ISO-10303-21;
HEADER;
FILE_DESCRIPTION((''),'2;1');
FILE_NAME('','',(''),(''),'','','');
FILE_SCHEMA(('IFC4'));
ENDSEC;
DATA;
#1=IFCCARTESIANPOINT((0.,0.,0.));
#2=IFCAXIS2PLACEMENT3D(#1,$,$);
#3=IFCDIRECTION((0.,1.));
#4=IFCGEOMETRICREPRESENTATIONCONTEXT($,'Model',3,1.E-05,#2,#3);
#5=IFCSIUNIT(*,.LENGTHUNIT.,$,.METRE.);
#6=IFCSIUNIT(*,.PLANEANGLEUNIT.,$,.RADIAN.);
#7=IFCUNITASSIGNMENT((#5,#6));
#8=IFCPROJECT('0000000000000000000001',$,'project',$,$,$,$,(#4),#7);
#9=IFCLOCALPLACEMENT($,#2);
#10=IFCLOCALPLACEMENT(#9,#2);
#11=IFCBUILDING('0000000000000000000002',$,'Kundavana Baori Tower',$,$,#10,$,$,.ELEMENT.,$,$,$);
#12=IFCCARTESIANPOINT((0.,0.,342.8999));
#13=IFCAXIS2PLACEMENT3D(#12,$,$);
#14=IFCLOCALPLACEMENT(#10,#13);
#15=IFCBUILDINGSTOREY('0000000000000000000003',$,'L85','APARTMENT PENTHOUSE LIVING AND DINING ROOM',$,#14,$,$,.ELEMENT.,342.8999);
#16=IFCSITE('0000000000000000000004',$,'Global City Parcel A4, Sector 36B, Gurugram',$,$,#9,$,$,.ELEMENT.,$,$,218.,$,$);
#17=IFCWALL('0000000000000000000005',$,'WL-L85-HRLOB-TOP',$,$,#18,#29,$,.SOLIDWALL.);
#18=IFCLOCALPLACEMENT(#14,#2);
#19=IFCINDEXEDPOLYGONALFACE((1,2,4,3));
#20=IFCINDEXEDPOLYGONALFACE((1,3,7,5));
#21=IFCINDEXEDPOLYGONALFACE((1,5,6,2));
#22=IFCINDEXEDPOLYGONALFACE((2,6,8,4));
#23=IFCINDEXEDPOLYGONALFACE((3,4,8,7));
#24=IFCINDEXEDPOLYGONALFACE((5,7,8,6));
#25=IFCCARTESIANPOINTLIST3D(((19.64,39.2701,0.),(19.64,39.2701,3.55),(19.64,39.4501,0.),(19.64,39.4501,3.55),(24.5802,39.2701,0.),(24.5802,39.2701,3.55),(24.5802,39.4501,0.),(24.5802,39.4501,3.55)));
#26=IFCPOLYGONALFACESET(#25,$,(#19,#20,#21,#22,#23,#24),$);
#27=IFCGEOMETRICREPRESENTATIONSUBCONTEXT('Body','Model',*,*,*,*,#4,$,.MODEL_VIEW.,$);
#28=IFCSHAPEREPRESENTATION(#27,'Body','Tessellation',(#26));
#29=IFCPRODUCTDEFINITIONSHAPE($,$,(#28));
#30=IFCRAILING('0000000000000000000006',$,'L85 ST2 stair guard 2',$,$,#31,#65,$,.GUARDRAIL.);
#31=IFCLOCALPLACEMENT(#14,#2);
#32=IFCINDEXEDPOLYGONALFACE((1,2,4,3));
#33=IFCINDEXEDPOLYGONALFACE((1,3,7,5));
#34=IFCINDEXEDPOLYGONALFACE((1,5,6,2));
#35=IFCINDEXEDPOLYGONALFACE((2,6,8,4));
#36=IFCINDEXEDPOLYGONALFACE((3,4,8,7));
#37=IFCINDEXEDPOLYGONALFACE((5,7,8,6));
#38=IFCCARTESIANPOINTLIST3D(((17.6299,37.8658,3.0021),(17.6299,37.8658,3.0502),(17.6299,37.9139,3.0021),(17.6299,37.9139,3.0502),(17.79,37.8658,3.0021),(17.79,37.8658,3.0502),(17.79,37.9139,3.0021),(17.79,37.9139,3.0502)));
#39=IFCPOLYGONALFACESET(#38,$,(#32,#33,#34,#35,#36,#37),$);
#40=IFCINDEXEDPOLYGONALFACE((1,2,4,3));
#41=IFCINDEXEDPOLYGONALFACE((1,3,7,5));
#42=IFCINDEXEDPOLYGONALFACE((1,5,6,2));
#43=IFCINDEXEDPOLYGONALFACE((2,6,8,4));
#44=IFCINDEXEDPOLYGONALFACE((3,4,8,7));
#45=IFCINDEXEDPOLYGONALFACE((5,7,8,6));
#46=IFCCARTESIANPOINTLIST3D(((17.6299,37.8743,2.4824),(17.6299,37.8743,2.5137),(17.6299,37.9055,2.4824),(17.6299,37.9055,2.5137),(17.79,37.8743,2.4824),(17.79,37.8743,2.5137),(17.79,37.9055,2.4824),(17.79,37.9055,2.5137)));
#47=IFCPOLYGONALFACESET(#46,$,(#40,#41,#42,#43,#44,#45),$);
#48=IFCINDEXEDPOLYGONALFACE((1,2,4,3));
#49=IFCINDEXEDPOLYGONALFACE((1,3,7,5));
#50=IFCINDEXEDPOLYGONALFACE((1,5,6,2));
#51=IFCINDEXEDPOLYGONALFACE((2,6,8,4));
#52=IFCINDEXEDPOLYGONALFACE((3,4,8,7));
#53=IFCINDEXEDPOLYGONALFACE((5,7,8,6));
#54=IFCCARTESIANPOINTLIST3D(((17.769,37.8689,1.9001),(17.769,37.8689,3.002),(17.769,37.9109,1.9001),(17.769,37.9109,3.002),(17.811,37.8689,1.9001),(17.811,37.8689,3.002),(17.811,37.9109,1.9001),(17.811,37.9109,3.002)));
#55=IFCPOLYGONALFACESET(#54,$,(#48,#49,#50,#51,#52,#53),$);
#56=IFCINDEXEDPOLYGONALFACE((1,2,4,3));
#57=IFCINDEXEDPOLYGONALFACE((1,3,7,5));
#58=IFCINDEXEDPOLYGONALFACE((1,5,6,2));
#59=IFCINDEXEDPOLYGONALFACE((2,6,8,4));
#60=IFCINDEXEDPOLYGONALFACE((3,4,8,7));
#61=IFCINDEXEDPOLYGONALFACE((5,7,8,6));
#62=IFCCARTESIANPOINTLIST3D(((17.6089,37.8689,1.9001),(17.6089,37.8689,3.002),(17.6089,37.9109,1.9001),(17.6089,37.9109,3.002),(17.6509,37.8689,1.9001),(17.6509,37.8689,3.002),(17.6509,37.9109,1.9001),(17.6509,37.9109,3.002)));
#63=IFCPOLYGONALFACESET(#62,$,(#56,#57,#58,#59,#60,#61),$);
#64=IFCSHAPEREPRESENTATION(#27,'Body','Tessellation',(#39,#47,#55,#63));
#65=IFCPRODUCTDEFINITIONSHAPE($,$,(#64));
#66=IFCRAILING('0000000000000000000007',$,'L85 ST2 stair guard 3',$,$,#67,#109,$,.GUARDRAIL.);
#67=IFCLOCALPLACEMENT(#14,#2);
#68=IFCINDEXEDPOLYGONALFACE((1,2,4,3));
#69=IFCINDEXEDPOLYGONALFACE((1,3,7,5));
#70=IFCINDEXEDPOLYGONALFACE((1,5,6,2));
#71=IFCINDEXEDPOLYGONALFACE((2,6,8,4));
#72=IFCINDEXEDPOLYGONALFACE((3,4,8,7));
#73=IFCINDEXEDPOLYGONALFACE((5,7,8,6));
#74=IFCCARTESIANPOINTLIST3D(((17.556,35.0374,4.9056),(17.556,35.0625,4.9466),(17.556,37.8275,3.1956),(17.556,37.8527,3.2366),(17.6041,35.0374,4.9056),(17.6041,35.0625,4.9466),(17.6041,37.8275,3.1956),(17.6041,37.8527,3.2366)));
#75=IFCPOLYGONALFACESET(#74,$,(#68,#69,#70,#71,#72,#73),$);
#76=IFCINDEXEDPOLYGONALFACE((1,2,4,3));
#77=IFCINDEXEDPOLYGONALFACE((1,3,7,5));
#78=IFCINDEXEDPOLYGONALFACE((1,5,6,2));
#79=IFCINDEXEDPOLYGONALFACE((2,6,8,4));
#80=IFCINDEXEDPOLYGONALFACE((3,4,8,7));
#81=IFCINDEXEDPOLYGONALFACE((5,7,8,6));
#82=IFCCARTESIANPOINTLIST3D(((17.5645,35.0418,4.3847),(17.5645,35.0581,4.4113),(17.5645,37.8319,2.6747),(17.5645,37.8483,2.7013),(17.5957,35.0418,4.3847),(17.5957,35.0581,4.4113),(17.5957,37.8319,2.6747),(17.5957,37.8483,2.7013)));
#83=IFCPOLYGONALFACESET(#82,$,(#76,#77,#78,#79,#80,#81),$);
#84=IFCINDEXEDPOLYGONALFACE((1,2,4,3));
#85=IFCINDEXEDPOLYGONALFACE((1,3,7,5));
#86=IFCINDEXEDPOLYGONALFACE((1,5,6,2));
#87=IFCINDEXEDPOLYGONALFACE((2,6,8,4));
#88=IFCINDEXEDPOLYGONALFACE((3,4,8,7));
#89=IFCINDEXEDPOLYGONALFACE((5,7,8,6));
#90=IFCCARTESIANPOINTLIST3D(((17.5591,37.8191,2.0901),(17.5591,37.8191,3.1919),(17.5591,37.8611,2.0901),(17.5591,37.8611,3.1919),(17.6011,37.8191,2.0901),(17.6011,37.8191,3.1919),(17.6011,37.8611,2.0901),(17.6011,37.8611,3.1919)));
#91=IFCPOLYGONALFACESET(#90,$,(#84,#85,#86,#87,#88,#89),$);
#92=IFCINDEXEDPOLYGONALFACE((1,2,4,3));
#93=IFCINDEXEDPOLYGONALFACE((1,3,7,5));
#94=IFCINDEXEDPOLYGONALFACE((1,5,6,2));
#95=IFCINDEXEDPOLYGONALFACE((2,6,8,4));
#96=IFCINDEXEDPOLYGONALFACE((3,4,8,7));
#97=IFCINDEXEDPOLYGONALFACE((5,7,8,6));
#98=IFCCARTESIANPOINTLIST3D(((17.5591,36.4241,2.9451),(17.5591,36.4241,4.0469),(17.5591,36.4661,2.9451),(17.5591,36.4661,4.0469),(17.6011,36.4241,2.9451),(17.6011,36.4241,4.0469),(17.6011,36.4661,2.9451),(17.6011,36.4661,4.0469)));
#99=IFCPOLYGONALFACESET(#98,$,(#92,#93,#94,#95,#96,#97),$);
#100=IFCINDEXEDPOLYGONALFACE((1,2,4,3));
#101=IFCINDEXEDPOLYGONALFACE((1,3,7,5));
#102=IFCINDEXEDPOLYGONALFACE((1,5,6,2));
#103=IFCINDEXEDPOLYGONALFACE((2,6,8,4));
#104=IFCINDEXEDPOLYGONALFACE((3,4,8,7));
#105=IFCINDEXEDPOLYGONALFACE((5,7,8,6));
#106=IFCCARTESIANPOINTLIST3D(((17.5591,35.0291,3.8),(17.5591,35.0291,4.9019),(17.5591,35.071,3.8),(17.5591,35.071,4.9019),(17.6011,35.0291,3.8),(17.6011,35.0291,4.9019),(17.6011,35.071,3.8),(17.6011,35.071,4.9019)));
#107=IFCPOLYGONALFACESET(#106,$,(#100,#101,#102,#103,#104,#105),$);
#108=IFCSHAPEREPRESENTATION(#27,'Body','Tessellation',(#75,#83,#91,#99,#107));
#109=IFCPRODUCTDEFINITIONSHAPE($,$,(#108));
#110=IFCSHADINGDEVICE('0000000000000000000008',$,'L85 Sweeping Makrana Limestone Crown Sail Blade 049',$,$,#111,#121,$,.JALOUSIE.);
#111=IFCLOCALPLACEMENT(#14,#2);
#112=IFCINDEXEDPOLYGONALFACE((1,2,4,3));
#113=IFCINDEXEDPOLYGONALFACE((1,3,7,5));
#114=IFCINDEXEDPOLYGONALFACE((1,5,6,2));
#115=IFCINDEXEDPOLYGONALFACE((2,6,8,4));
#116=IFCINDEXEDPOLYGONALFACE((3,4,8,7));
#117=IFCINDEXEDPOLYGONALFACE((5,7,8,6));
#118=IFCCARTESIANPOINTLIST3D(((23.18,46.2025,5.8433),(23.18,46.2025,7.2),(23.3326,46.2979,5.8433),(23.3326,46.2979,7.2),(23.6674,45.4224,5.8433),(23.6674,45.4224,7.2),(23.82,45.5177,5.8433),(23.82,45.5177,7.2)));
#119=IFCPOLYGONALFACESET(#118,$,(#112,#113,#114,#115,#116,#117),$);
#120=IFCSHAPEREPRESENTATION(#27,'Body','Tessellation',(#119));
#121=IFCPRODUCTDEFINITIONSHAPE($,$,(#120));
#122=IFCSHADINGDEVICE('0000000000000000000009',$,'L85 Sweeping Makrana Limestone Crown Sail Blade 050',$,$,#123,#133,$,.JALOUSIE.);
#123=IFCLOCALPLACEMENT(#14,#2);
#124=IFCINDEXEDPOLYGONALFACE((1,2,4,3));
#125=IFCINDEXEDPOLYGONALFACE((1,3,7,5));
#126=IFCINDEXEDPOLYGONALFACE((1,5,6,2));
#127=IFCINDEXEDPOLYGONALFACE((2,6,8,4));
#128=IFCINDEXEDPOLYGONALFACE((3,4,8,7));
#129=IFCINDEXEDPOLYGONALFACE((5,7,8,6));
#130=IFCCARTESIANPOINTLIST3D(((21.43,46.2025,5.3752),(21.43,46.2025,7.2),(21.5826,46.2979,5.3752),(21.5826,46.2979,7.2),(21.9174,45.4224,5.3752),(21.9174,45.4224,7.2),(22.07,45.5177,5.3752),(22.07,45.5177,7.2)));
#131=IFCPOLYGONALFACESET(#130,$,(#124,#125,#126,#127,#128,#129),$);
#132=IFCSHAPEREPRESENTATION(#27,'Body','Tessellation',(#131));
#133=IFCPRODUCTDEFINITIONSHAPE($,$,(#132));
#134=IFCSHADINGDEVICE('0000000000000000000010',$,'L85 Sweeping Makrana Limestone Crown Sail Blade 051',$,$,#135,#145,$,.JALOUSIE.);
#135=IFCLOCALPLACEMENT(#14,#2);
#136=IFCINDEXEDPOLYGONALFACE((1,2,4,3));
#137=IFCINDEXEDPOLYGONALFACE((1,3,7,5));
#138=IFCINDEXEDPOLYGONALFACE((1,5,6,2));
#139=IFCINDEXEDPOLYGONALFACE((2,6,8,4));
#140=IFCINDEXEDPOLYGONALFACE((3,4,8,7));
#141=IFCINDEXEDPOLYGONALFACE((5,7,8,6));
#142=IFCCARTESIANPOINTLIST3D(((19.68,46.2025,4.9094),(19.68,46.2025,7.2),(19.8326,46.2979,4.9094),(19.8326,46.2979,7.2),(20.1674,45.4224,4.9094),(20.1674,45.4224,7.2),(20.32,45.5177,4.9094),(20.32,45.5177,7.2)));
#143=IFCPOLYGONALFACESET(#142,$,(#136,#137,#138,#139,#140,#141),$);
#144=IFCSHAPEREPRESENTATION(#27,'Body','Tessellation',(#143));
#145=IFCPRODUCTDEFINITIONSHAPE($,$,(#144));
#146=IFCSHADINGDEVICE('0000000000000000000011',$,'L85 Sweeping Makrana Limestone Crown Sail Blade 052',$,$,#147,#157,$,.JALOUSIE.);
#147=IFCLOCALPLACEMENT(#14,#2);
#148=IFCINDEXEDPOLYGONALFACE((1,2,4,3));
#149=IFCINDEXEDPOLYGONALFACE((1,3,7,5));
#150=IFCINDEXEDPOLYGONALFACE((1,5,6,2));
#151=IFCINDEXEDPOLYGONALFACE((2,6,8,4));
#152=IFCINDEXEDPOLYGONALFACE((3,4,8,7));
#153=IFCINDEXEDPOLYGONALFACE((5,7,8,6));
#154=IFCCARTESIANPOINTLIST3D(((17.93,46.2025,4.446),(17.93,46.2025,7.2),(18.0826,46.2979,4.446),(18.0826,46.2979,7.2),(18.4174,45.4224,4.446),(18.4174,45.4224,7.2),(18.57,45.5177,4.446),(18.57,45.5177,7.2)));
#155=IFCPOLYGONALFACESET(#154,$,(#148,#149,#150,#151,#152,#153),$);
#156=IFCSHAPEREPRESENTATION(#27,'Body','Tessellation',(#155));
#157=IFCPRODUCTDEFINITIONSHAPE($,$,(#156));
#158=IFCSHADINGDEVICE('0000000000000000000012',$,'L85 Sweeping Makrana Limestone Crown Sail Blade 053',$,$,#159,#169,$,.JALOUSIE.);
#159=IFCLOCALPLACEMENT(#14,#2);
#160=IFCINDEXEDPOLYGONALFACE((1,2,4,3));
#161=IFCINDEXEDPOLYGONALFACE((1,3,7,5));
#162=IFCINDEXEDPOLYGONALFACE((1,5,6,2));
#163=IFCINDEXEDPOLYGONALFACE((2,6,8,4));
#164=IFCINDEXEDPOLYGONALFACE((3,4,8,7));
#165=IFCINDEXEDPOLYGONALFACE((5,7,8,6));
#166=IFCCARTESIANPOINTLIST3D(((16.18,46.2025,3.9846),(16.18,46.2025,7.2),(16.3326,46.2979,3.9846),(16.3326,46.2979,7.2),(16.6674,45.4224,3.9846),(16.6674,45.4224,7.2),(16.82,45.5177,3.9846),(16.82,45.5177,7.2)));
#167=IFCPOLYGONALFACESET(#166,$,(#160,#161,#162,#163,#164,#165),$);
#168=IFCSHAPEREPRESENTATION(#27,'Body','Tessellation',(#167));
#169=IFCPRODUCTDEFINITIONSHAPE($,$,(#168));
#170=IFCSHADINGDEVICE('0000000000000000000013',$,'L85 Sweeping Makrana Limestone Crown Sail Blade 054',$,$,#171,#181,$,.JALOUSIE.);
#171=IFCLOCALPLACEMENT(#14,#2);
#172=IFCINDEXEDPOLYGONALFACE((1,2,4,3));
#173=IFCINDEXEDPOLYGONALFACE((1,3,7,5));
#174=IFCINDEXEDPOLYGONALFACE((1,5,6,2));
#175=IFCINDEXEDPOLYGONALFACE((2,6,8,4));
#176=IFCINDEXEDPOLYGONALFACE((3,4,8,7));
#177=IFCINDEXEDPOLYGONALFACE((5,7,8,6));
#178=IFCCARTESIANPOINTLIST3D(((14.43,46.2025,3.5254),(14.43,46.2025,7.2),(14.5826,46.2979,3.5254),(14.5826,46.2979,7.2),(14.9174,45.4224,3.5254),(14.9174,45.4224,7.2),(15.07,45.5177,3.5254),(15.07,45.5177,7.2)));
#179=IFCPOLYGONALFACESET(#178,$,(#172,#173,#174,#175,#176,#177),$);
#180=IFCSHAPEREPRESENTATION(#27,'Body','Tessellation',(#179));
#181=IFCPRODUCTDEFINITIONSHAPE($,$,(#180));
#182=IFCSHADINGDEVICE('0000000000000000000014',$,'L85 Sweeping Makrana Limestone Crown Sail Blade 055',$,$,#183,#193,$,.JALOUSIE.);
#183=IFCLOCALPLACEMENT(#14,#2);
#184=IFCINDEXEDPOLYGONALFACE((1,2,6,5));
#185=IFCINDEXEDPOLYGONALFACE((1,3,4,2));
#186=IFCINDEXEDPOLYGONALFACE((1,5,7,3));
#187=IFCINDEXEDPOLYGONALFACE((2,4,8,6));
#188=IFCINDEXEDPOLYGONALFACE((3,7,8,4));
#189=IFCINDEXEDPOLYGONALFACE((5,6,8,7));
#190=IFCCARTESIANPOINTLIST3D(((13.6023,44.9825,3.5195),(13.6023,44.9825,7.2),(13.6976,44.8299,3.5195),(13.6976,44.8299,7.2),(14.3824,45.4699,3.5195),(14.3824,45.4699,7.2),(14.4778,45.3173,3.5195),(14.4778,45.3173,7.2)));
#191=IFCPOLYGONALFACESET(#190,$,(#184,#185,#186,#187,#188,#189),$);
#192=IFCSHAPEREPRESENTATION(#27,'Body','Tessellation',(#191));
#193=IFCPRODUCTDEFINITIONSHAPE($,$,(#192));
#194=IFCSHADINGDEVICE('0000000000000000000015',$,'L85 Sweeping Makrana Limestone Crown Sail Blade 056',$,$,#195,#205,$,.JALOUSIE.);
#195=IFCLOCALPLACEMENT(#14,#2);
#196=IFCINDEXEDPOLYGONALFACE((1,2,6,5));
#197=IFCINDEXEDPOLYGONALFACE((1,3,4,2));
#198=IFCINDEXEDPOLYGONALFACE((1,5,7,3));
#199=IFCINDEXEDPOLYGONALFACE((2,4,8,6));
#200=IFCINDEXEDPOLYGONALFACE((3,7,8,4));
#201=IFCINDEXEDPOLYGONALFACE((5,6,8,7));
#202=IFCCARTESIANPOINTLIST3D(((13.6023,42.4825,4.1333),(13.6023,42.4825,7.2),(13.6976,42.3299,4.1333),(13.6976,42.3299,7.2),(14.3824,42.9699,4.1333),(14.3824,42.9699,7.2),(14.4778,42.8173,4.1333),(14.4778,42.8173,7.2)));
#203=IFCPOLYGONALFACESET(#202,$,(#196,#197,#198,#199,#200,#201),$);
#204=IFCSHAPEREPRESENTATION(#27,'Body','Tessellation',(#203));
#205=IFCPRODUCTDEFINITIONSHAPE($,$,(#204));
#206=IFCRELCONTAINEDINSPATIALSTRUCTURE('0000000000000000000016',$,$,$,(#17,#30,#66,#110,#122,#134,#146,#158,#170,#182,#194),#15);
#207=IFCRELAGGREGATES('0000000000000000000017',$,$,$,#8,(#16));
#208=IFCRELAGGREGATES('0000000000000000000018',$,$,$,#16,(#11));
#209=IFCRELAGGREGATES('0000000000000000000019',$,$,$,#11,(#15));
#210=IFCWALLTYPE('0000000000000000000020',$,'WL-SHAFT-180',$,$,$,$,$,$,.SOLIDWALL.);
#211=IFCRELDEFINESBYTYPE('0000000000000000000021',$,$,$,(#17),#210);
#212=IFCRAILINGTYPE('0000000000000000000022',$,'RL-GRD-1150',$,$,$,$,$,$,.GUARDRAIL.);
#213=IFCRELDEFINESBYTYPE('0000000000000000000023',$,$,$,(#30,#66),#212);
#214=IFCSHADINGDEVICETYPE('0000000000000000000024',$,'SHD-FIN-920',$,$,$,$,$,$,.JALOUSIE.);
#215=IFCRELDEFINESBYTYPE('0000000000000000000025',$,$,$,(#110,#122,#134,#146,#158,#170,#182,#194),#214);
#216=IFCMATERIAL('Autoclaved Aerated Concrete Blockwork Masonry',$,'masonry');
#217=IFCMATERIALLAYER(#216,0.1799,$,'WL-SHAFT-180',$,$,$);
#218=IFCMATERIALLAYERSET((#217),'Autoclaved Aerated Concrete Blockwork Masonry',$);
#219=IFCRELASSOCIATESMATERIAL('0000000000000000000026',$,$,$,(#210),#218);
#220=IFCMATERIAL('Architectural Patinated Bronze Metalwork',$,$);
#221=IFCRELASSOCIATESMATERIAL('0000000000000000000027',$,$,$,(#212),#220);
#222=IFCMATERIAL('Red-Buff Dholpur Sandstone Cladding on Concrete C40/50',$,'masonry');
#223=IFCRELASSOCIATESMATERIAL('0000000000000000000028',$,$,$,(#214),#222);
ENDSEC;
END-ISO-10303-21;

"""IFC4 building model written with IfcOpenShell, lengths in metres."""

from ifc_helpers import new_model, si_unit, direction, frame, frame_2d, origin, origin_2d, place, context, subcontext, project, spatial, rectangle, extrude, material, layer, layer_set, type_object, element, save


model = new_model("IFC4")

# Units and contexts
model_context = context("Model", 3, precision=1e-05, world=origin(), true_north=direction((0.0, 1.0)))
body_context = subcontext(model_context, "Body", "Model", "MODEL_VIEW")
ifc_project = project(units=[si_unit("LENGTHUNIT", "METRE"), si_unit("PLANEANGLEUNIT", "RADIAN")], contexts=[model_context])

# Site, building, storey
site_placement = place(None, origin())
site = spatial("IfcSite", under=ifc_project, at=site_placement, Name="Global City Parcel A4, Sector 36B, Gurugram", CompositionType="ELEMENT", RefElevation=218.0)
building_placement = place(site_placement, origin())
building = spatial("IfcBuilding", under=site, at=building_placement, Name="Kundavana Baori Tower", CompositionType="ELEMENT")
storey_placement = place(building_placement, frame((0.0, 0.0, 342.8999)))
storey = spatial("IfcBuildingStorey", under=building, at=storey_placement, Name="L85", Description="APARTMENT PENTHOUSE LIVING AND DINING ROOM", CompositionType="ELEMENT", Elevation=342.8999)

# Wall
ifc_material_1 = material(Name="Autoclaved Aerated Concrete Blockwork Masonry", Category="masonry")
ifc_layer_1 = layer(ifc_material_1, 0.1799, Name="WL-SHAFT-180")
ifc_layer_set_1 = layer_set([ifc_layer_1], Name="Autoclaved Aerated Concrete Blockwork Masonry")
wall_type_1 = type_object("IfcWallType", Name="WL-SHAFT-180", PredefinedType="SOLIDWALL", material=ifc_layer_set_1)
wall_1_placement = place(storey_placement, frame((19.6399, 39.3601, 0.0), z_axis=(0.0, 0.0, 1.0), x_axis=(1.0, 0.0, 0.0)))
element("IfcWall", 1, at=wall_1_placement, inside=storey, type_object=wall_type_1, Name="WL-L85-HRLOB-TOP", PredefinedType="SOLIDWALL", context=body_context, shape_type="SweptSolid", body=[
    extrude(rectangle(XDim=4.9402, YDim=0.1799, at=frame_2d((2.4702, 0.0))), origin(), (0.0, 0.0, 1.0), 3.55),
])

# Railings
ifc_material_2 = material(Name="Architectural Patinated Bronze Metalwork")
railing_type = type_object("IfcRailingType", Name="RL-GRD-1150", PredefinedType="GUARDRAIL", material=ifc_material_2)
railing_1_placement = place(storey_placement, frame((17.79, 37.8899, 1.9001)))
element("IfcRailing", 2, at=railing_1_placement, inside=storey, type_object=railing_type, Name="L85 ST2 stair guard 2", PredefinedType="GUARDRAIL", context=body_context, shape_type="SweptSolid", body=[
    extrude(rectangle(XDim=0.0481, YDim=0.0481, at=origin_2d()), frame((0.0, 0.0, 1.126), z_axis=(-1.0, 0.0, 0.0), x_axis=(0.0, -1.0, 0.0)), (0.0, 0.0, 1.0), 0.1602),
    extrude(rectangle(XDim=0.0312, YDim=0.0312, at=origin_2d()), frame((0.0, 0.0, 0.5979), z_axis=(-1.0, 0.0, 0.0), x_axis=(0.0, -1.0, 0.0)), (0.0, 0.0, 1.0), 0.1602),
    extrude(rectangle(XDim=0.042, YDim=0.042, at=origin_2d()), origin(), (0.0, 0.0, 1.0), 1.1018),
    extrude(rectangle(XDim=0.042, YDim=0.042, at=origin_2d()), frame((-0.1602, 0.0, 0.0)), (0.0, 0.0, 1.0), 1.1018),
])
railing_2_placement = place(storey_placement, frame((17.5801, 37.8401, 2.0901)))
element("IfcRailing", 3, at=railing_2_placement, inside=storey, type_object=railing_type, Name="L85 ST2 stair guard 3", PredefinedType="GUARDRAIL", context=body_context, shape_type="SweptSolid", body=[
    extrude(rectangle(XDim=0.0481, YDim=0.0481, at=origin_2d()), frame((0.0, 0.0, 1.126), z_axis=(0.0, -0.85261, 0.522548), x_axis=(1.0, 0.0, 0.0)), (0.0, 0.0, 1.0), 3.2725),
    extrude(rectangle(XDim=0.0312, YDim=0.0312, at=origin_2d()), frame((0.0, 0.0, 0.5979), z_axis=(0.0, -0.85261, 0.522548), x_axis=(1.0, 0.0, 0.0)), (0.0, 0.0, 1.0), 3.2725),
    extrude(rectangle(XDim=0.042, YDim=0.042, at=origin_2d()), origin(), (0.0, 0.0, 1.0), 1.1018),
    extrude(rectangle(XDim=0.042, YDim=0.042, at=origin_2d()), frame((0.0, -1.395, 0.855)), (0.0, 0.0, 1.0), 1.1018),
    extrude(rectangle(XDim=0.042, YDim=0.042, at=origin_2d()), frame((0.0, -2.79, 1.71)), (0.0, 0.0, 1.0), 1.1018),
])

# Shading devices
ifc_material_3 = material(Name="Red-Buff Dholpur Sandstone Cladding on Concrete C40/50", Category="masonry")
shading_device_type = type_object("IfcShadingDeviceType", Name="SHD-FIN-920", PredefinedType="JALOUSIE", material=ifc_material_3)
shading_device_1_placement = place(storey_placement, frame((23.5, 45.8601, 5.8433), z_axis=(0.0, 0.0, 1.0), x_axis=(0.848048, 0.529919, 0.0)))
element("IfcShadingDevice", 4, at=shading_device_1_placement, inside=storey, type_object=shading_device_type, Name="L85 Sweeping Makrana Limestone Crown Sail Blade 049", PredefinedType="JALOUSIE", context=body_context, shape_type="SweptSolid", body=[
    extrude(rectangle(XDim=0.1799, YDim=0.9199, at=origin_2d()), origin(), (0.0, 0.0, 1.0), 1.3567),
])
shading_device_2_placement = place(storey_placement, frame((21.75, 45.8601, 5.3752), z_axis=(0.0, 0.0, 1.0), x_axis=(0.848048, 0.529919, 0.0)))
element("IfcShadingDevice", 5, at=shading_device_2_placement, inside=storey, type_object=shading_device_type, Name="L85 Sweeping Makrana Limestone Crown Sail Blade 050", PredefinedType="JALOUSIE", context=body_context, shape_type="SweptSolid", body=[
    extrude(rectangle(XDim=0.1799, YDim=0.9199, at=origin_2d()), origin(), (0.0, 0.0, 1.0), 1.8247),
])
shading_device_3_placement = place(storey_placement, frame((20.0, 45.8601, 4.9094), z_axis=(0.0, 0.0, 1.0), x_axis=(0.848048, 0.529919, 0.0)))
element("IfcShadingDevice", 6, at=shading_device_3_placement, inside=storey, type_object=shading_device_type, Name="L85 Sweeping Makrana Limestone Crown Sail Blade 051", PredefinedType="JALOUSIE", context=body_context, shape_type="SweptSolid", body=[
    extrude(rectangle(XDim=0.1799, YDim=0.9199, at=origin_2d()), origin(), (0.0, 0.0, 1.0), 2.2905),
])
shading_device_4_placement = place(storey_placement, frame((18.25, 45.8601, 4.446), z_axis=(0.0, 0.0, 1.0), x_axis=(0.848048, 0.529919, 0.0)))
element("IfcShadingDevice", 7, at=shading_device_4_placement, inside=storey, type_object=shading_device_type, Name="L85 Sweeping Makrana Limestone Crown Sail Blade 052", PredefinedType="JALOUSIE", context=body_context, shape_type="SweptSolid", body=[
    extrude(rectangle(XDim=0.1799, YDim=0.9199, at=origin_2d()), origin(), (0.0, 0.0, 1.0), 2.7539),
])
shading_device_5_placement = place(storey_placement, frame((16.5, 45.8601, 3.9846), z_axis=(0.0, 0.0, 1.0), x_axis=(0.848048, 0.529919, 0.0)))
element("IfcShadingDevice", 8, at=shading_device_5_placement, inside=storey, type_object=shading_device_type, Name="L85 Sweeping Makrana Limestone Crown Sail Blade 053", PredefinedType="JALOUSIE", context=body_context, shape_type="SweptSolid", body=[
    extrude(rectangle(XDim=0.1799, YDim=0.9199, at=origin_2d()), origin(), (0.0, 0.0, 1.0), 3.2153),
])
shading_device_6_placement = place(storey_placement, frame((14.75, 45.8601, 3.5254), z_axis=(0.0, 0.0, 1.0), x_axis=(0.848048, 0.529919, 0.0)))
element("IfcShadingDevice", 9, at=shading_device_6_placement, inside=storey, type_object=shading_device_type, Name="L85 Sweeping Makrana Limestone Crown Sail Blade 054", PredefinedType="JALOUSIE", context=body_context, shape_type="SweptSolid", body=[
    extrude(rectangle(XDim=0.1799, YDim=0.9199, at=origin_2d()), origin(), (0.0, 0.0, 1.0), 3.6746),
])
shading_device_7_placement = place(storey_placement, frame((14.04, 45.1499, 3.5195), z_axis=(0.0, 0.0, 1.0), x_axis=(-0.529919, 0.848048, 0.0)))
element("IfcShadingDevice", 10, at=shading_device_7_placement, inside=storey, type_object=shading_device_type, Name="L85 Sweeping Makrana Limestone Crown Sail Blade 055", PredefinedType="JALOUSIE", context=body_context, shape_type="SweptSolid", body=[
    extrude(rectangle(XDim=0.1799, YDim=0.9199, at=origin_2d()), origin(), (0.0, 0.0, 1.0), 3.6804),
])
shading_device_8_placement = place(storey_placement, frame((14.04, 42.6499, 4.1333), z_axis=(0.0, 0.0, 1.0), x_axis=(-0.529919, 0.848048, 0.0)))
element("IfcShadingDevice", 11, at=shading_device_8_placement, inside=storey, type_object=shading_device_type, Name="L85 Sweeping Makrana Limestone Crown Sail Blade 056", PredefinedType="JALOUSIE", context=body_context, shape_type="SweptSolid", body=[
    extrude(rectangle(XDim=0.1799, YDim=0.9199, at=origin_2d()), origin(), (0.0, 0.0, 1.0), 3.0667),
])

save(model, "model.ifc")
